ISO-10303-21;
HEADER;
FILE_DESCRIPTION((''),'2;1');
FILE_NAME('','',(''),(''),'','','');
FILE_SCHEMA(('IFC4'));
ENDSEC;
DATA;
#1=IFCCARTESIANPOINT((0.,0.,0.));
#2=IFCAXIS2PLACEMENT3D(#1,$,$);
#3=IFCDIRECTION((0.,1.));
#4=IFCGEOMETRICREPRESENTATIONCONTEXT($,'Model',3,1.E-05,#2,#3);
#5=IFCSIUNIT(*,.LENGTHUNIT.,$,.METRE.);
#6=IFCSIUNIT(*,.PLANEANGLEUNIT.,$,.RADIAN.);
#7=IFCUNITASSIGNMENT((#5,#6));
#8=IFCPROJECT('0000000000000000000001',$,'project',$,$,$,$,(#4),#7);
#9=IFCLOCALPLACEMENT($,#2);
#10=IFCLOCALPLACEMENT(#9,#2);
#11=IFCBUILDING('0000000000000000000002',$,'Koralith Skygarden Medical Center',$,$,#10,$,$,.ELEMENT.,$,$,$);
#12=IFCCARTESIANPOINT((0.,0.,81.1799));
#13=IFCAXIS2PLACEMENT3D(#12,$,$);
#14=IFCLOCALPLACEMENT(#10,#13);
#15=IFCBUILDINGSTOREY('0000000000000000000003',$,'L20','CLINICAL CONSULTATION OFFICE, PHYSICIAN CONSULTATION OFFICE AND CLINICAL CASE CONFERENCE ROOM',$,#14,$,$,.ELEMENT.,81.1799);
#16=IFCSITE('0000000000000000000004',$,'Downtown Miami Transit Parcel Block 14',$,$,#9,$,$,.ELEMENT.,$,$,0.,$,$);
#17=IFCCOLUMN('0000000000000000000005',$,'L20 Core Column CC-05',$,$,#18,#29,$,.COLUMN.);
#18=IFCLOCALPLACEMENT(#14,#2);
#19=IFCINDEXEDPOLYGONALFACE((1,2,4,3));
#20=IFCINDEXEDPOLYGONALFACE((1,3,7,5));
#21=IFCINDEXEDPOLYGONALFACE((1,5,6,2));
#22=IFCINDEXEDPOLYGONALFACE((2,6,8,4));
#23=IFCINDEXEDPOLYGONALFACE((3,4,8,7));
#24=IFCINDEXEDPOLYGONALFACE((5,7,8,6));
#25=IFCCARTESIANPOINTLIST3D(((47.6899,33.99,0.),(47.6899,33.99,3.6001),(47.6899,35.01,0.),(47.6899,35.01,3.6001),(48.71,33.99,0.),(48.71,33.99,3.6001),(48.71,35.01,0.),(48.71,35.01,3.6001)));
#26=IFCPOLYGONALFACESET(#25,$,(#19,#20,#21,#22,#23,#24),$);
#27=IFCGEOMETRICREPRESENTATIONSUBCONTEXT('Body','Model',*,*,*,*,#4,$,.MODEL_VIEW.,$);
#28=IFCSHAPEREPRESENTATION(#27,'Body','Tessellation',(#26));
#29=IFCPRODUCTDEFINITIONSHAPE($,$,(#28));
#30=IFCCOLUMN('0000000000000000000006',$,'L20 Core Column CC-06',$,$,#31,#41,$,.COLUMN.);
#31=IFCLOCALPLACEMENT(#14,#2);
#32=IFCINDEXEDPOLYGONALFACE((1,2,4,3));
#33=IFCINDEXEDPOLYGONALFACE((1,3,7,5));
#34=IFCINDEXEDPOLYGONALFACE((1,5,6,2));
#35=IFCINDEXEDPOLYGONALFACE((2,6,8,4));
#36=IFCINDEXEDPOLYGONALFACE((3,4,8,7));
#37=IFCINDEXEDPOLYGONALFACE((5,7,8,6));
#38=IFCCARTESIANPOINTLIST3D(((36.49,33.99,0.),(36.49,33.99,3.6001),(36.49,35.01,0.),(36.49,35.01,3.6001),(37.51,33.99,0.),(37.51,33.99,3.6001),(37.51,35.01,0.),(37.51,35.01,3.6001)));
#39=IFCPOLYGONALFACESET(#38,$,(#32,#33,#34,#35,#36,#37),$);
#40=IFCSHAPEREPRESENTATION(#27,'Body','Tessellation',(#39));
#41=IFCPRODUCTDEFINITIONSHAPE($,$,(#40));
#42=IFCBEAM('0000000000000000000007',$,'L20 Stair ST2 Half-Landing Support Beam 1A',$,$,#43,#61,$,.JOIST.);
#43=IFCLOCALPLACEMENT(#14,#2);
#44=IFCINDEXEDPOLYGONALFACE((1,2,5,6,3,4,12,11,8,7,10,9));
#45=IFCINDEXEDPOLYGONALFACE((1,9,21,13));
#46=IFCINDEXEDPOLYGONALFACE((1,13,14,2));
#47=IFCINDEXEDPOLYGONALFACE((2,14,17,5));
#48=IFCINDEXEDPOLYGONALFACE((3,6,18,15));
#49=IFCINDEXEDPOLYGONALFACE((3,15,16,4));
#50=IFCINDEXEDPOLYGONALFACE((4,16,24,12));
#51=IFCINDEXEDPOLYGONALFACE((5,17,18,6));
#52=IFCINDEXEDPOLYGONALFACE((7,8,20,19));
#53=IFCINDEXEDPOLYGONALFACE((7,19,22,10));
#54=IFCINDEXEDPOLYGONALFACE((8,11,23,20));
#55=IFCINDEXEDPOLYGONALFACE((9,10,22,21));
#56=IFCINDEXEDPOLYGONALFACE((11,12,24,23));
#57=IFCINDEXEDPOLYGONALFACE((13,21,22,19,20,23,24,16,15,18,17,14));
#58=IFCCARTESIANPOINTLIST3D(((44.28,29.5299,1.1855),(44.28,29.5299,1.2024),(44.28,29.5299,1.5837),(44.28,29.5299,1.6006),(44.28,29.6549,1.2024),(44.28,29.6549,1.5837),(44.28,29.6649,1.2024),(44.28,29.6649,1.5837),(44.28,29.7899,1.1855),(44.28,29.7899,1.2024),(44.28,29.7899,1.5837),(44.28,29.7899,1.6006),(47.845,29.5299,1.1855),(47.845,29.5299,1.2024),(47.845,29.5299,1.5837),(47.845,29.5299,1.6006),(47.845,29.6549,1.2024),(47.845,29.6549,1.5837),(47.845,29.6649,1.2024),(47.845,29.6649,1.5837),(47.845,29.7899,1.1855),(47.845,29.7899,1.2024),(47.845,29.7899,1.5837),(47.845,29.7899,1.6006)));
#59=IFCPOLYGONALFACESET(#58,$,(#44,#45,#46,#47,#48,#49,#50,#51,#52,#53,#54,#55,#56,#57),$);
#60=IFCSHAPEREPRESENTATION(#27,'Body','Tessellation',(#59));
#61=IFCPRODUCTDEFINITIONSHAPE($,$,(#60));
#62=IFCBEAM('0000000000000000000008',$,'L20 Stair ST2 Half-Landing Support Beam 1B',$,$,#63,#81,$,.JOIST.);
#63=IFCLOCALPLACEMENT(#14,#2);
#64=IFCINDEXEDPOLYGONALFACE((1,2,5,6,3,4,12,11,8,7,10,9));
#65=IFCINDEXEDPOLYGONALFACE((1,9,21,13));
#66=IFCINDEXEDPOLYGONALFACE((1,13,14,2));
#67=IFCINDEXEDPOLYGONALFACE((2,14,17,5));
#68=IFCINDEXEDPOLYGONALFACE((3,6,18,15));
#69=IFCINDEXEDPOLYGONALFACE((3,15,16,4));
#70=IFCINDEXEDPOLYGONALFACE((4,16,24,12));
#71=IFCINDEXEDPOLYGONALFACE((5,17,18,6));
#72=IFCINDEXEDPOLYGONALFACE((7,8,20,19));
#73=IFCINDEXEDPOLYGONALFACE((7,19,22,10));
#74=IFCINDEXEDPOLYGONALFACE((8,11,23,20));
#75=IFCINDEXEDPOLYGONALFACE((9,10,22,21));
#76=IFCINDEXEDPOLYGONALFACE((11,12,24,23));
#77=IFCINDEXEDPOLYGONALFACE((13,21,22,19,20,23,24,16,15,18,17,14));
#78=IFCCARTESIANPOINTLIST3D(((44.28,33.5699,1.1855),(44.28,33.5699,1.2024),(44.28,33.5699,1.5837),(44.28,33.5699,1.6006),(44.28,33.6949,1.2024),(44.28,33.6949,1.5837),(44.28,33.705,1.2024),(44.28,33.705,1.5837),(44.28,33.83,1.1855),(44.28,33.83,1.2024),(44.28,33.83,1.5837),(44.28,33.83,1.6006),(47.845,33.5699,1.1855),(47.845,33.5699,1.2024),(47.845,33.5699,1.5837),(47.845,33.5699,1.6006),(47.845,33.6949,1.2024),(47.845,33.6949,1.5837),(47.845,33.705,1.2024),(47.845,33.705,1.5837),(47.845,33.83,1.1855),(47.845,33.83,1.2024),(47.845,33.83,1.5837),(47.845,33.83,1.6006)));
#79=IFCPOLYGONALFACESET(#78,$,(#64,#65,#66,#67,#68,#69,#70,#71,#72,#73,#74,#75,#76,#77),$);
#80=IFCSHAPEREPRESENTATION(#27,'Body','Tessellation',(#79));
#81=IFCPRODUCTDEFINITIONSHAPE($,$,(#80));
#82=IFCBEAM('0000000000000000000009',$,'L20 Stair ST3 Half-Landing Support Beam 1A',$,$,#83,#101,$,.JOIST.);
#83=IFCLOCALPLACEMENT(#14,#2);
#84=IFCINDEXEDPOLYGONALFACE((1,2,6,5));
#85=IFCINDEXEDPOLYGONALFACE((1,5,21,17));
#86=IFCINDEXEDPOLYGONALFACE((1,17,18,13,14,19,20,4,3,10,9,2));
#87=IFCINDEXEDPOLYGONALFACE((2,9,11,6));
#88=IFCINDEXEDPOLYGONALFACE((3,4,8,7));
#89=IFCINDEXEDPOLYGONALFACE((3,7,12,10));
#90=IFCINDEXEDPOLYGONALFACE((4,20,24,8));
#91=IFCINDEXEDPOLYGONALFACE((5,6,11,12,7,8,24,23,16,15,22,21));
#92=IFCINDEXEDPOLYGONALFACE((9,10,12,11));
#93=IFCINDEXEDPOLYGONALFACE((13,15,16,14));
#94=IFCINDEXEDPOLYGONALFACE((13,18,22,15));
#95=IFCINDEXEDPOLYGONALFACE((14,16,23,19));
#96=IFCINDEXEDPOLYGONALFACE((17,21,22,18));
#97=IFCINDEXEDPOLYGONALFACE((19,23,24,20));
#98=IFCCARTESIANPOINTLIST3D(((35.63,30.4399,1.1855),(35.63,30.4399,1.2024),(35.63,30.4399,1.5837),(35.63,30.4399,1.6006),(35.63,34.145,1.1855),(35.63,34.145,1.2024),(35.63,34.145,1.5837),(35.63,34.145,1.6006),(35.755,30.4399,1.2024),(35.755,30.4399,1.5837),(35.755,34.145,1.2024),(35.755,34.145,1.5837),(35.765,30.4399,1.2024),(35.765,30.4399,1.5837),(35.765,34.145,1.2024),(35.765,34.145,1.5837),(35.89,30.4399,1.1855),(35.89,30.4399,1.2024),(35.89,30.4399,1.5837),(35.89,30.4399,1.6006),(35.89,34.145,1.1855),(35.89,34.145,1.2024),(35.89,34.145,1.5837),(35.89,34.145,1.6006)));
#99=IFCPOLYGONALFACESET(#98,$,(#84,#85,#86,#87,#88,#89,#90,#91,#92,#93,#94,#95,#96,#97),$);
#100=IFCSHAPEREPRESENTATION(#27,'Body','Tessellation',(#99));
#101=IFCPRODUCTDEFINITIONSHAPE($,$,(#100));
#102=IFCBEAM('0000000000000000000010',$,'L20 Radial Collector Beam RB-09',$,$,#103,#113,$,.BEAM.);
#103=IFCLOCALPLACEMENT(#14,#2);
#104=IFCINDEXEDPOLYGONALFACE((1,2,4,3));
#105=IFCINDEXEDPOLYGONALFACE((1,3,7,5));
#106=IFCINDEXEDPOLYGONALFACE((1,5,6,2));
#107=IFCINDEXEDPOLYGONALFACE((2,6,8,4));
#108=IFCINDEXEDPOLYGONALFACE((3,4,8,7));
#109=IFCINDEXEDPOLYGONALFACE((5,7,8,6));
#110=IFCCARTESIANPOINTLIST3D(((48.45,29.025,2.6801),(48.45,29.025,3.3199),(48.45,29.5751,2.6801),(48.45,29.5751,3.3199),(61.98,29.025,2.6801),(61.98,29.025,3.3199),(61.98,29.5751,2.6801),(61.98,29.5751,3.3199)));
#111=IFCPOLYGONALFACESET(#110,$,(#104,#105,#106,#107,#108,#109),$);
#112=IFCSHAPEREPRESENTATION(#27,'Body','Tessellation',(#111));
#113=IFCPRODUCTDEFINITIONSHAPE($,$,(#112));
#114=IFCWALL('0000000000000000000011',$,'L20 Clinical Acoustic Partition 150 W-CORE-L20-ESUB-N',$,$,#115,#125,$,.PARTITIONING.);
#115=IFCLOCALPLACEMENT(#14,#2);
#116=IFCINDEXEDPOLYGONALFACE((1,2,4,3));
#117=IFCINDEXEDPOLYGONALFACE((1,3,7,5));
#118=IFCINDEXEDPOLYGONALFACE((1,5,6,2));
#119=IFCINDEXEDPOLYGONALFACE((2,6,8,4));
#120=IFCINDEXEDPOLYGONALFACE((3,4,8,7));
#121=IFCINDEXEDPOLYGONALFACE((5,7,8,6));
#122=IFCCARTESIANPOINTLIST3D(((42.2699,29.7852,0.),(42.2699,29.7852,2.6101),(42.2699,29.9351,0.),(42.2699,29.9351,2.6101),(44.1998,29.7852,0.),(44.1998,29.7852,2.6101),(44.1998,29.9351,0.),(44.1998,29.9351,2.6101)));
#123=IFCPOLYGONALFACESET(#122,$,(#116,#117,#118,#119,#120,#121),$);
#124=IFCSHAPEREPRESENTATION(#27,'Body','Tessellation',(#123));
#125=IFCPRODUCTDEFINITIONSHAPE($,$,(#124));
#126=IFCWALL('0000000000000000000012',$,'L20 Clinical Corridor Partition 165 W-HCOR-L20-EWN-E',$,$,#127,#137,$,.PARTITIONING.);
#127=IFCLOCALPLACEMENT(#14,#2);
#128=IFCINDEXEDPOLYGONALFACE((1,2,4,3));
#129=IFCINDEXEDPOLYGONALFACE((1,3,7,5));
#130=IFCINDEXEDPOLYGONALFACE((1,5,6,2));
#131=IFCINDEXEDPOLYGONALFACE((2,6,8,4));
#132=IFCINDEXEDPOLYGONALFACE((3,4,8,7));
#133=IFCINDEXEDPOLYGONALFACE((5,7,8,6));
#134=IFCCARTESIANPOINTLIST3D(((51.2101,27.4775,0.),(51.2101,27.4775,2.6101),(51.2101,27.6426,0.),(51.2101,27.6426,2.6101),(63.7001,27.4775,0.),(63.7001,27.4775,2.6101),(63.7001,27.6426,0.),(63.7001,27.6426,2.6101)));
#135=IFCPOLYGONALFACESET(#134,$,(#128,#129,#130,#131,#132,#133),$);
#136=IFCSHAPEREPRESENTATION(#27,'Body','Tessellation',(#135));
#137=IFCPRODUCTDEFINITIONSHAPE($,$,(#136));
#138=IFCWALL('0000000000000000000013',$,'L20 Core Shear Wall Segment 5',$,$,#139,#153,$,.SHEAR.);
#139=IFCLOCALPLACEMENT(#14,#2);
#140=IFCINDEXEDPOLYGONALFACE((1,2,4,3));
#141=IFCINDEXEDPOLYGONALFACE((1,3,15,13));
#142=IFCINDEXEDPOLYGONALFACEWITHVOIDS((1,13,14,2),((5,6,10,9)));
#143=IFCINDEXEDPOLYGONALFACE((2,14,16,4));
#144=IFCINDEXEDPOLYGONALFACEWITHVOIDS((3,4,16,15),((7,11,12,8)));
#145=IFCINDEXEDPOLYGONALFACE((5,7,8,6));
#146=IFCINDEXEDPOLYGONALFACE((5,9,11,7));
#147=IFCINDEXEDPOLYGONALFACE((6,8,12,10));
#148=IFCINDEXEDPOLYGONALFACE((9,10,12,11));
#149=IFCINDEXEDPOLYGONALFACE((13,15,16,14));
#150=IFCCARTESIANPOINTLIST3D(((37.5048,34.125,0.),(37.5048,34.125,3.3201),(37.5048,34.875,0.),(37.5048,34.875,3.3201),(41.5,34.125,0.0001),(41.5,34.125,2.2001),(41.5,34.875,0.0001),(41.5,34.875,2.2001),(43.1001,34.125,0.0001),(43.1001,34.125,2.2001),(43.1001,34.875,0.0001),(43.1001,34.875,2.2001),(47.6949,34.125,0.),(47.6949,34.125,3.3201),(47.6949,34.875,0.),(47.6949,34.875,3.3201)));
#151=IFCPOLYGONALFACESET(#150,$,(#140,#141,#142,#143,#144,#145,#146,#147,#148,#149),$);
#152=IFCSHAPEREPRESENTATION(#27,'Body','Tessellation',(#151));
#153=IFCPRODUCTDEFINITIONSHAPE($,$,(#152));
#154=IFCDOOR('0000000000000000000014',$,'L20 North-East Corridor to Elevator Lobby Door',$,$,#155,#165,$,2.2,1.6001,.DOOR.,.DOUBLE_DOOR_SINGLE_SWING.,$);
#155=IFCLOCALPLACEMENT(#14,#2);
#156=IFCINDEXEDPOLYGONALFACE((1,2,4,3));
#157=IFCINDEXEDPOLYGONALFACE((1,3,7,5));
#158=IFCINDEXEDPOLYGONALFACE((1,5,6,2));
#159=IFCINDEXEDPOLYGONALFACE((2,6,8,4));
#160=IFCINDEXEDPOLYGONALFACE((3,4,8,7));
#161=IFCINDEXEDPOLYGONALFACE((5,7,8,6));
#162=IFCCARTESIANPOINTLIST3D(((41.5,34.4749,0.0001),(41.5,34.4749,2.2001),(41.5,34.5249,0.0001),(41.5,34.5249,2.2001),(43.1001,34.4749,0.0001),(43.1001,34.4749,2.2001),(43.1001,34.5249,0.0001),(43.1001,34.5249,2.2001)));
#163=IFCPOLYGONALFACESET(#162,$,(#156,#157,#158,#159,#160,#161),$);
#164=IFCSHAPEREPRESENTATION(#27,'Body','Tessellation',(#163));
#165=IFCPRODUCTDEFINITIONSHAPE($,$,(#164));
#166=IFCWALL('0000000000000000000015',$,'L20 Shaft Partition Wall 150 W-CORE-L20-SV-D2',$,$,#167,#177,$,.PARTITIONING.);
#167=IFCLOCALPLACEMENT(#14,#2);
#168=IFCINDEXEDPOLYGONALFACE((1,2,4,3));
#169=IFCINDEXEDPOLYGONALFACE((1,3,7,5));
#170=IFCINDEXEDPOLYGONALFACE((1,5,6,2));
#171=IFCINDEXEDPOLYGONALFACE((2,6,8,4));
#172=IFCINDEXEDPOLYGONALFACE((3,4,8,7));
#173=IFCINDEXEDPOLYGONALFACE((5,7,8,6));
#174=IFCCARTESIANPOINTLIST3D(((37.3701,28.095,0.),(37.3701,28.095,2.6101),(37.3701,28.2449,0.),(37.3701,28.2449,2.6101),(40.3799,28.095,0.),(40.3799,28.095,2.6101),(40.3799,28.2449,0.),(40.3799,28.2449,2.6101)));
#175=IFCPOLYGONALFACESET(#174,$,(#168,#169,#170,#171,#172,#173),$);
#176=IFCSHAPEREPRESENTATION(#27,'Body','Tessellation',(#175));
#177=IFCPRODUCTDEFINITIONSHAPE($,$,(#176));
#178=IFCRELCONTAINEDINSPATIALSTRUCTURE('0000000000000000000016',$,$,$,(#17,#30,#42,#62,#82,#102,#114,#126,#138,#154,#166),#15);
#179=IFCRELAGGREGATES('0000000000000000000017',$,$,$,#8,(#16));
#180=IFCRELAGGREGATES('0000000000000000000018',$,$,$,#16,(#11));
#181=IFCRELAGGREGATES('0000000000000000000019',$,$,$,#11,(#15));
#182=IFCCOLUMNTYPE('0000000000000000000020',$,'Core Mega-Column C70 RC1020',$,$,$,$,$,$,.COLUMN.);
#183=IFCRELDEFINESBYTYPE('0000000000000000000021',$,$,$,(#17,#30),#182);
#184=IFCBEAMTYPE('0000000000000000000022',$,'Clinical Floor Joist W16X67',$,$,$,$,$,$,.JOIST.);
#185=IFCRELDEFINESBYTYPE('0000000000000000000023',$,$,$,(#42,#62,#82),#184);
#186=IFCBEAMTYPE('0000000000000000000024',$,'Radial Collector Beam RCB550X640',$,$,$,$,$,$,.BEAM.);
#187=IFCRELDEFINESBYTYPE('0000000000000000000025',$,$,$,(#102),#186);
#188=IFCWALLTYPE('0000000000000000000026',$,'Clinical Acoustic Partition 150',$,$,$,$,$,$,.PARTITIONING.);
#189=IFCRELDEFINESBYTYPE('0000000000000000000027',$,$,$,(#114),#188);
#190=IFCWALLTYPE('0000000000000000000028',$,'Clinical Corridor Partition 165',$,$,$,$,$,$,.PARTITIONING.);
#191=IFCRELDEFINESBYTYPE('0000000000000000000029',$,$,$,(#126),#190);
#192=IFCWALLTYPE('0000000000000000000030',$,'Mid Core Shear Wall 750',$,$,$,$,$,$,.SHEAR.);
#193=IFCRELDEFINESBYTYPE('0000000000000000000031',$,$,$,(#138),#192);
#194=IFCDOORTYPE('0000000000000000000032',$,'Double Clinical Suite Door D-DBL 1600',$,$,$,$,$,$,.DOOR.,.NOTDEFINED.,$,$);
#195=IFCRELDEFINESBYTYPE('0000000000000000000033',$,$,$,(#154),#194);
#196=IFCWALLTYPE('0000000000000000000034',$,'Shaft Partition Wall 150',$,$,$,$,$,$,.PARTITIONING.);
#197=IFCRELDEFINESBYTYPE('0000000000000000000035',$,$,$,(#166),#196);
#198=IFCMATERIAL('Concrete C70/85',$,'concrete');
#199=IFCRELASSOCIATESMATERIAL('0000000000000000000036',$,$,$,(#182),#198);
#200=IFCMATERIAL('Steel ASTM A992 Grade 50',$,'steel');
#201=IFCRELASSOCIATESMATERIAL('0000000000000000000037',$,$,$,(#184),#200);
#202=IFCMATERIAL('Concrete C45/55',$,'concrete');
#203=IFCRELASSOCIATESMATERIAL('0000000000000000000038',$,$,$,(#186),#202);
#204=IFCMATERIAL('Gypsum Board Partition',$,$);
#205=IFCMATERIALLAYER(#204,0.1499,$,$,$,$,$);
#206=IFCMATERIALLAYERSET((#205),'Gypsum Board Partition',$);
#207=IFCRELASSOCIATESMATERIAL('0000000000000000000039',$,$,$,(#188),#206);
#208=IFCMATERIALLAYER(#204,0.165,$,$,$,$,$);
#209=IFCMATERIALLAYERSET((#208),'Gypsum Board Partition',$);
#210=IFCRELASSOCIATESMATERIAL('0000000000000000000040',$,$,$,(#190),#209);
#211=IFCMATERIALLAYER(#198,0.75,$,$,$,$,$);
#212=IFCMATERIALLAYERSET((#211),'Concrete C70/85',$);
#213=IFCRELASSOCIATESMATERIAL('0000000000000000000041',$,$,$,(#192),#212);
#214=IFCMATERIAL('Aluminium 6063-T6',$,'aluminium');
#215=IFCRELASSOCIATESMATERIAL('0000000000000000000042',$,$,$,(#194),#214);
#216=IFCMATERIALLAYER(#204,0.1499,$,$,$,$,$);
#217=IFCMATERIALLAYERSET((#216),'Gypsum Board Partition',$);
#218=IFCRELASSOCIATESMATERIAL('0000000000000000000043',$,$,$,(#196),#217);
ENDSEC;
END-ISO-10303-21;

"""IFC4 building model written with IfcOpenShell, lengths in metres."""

from ifc_helpers import new_model, si_unit, direction, frame, frame_2d, origin, origin_2d, place, context, subcontext, project, spatial, rectangle, i_section, extrude, material, layer, layer_set, material_profile, profile_set, type_object, element, fill, save


model = new_model("IFC4")

# Units and contexts
model_context = context("Model", 3, precision=1e-05, world=origin(), true_north=direction((0.0, 1.0)))
body_context = subcontext(model_context, "Body", "Model", "MODEL_VIEW")
ifc_project = project(units=[si_unit("LENGTHUNIT", "METRE"), si_unit("PLANEANGLEUNIT", "RADIAN")], contexts=[model_context])

# Site, building, storey
site_placement = place(None, origin())
site = spatial("IfcSite", under=ifc_project, at=site_placement, Name="Downtown Miami Transit Parcel Block 14", CompositionType="ELEMENT", RefElevation=0.0)
building_placement = place(site_placement, origin())
building = spatial("IfcBuilding", under=site, at=building_placement, Name="Koralith Skygarden Medical Center", CompositionType="ELEMENT")
storey_placement = place(building_placement, frame((0.0, 0.0, 81.1799)))
storey = spatial("IfcBuildingStorey", under=building, at=storey_placement, Name="L20", Description="CLINICAL CONSULTATION OFFICE, PHYSICIAN CONSULTATION OFFICE AND CLINICAL CASE CONFERENCE ROOM", CompositionType="ELEMENT", Elevation=81.1799)

# Columns
ifc_material_1 = material(Name="Concrete C70/85", Category="concrete")
ifc_material_profile_1 = material_profile(ifc_material_1, rectangle(XDim=1.02, YDim=1.02, at=origin_2d()), Name="RC1020X1020")
ifc_profile_set_1 = profile_set([ifc_material_profile_1], Name="Concrete C70/85")
column_type = type_object("IfcColumnType", Name="Core Mega-Column C70 RC1020", PredefinedType="COLUMN", material=ifc_profile_set_1)
for number, where, z_axis, x_axis, name in (
    (1, (48.2, 34.5, 0.0), (0.0, 0.0, 1.0), (1.0, 0.0, 0.0), "L20 Core Column CC-05"),
    (2, (37.0, 34.5, 0.0), (0.0, 0.0, 1.0), (1.0, 0.0, 0.0), "L20 Core Column CC-06"),
):
    element("IfcColumn", number, at=place(storey_placement, frame(where, z_axis=z_axis, x_axis=x_axis)), inside=storey, type_object=column_type, Name=name, PredefinedType="COLUMN", context=body_context, shape_type="SweptSolid", body=[
        extrude(rectangle(XDim=1.02, YDim=1.02, at=origin_2d()), origin(), (0.0, 0.0, 1.0), 3.6001),
    ])

# Beams
ifc_material_2 = material(Name="Steel ASTM A992 Grade 50", Category="steel")
ifc_material_profile_2 = material_profile(ifc_material_2, i_section(OverallWidth=0.26, OverallDepth=0.415, WebThickness=0.01, FlangeThickness=0.0168, at=origin_2d()), Name="W16X67")
ifc_profile_set_2 = profile_set([ifc_material_profile_2], Name="Steel ASTM A992 Grade 50")
beam_type_1 = type_object("IfcBeamType", Name="Clinical Floor Joist W16X67", PredefinedType="JOIST", material=ifc_profile_set_2)
for number, where, z_axis, x_axis, name in (
    (3, (44.28, 29.6599, 1.3931), (1.0, 0.0, 0.0), (0.0, 1.0, 0.0), "L20 Stair ST2 Half-Landing Support Beam 1A"),
    (4, (44.28, 33.7, 1.3931), (1.0, 0.0, 0.0), (0.0, 1.0, 0.0), "L20 Stair ST2 Half-Landing Support Beam 1B"),
):
    element("IfcBeam", number, at=place(storey_placement, frame(where, z_axis=z_axis, x_axis=x_axis)), inside=storey, type_object=beam_type_1, Name=name, PredefinedType="JOIST", context=body_context, shape_type="SweptSolid", body=[
        extrude(i_section(OverallWidth=0.26, OverallDepth=0.415, WebThickness=0.01, FlangeThickness=0.0168, at=origin_2d()), origin(), (0.0, 0.0, 1.0), 3.5649),
    ])
beam_1_placement = place(storey_placement, frame((35.76, 30.4399, 1.3931), z_axis=(0.0, 1.0, 0.0), x_axis=(-1.0, 0.0, 0.0)))
element("IfcBeam", 5, at=beam_1_placement, inside=storey, type_object=beam_type_1, Name="L20 Stair ST3 Half-Landing Support Beam 1A", PredefinedType="JOIST", context=body_context, shape_type="SweptSolid", body=[
    extrude(i_section(OverallWidth=0.26, OverallDepth=0.415, WebThickness=0.01, FlangeThickness=0.0168, at=origin_2d()), origin(), (0.0, 0.0, 1.0), 3.7051),
])
ifc_material_3 = material(Name="Concrete C45/55", Category="concrete")
ifc_material_profile_3 = material_profile(ifc_material_3, rectangle(XDim=0.55, YDim=0.6399, at=origin_2d()), Name="RCB550X640")
ifc_profile_set_3 = profile_set([ifc_material_profile_3], Name="Concrete C45/55")
beam_type_2 = type_object("IfcBeamType", Name="Radial Collector Beam RCB550X640", PredefinedType="BEAM", material=ifc_profile_set_3)
beam_2_placement = place(storey_placement, frame((48.45, 29.3, 3.0), z_axis=(1.0, 0.0, 0.0), x_axis=(0.0, 1.0, 0.0)))
element("IfcBeam", 6, at=beam_2_placement, inside=storey, type_object=beam_type_2, Name="L20 Radial Collector Beam RB-09", PredefinedType="BEAM", context=body_context, shape_type="SweptSolid", body=[
    extrude(rectangle(XDim=0.55, YDim=0.6399, at=origin_2d()), origin(), (0.0, 0.0, 1.0), 13.53),
])

# Walls
ifc_material_4 = material(Name="Gypsum Board Partition")
ifc_layer_1 = layer(ifc_material_4, 0.1499)
ifc_layer_set_1 = layer_set([ifc_layer_1], Name="Gypsum Board Partition")
wall_type_1 = type_object("IfcWallType", Name="Clinical Acoustic Partition 150", PredefinedType="PARTITIONING", material=ifc_layer_set_1)
wall_1_placement = place(storey_placement, frame((42.27, 29.8601, 0.0), z_axis=(0.0, 0.0, 1.0), x_axis=(1.0, 0.0, 0.0)))
element("IfcWall", 7, at=wall_1_placement, inside=storey, type_object=wall_type_1, Name="L20 Clinical Acoustic Partition 150 W-CORE-L20-ESUB-N", PredefinedType="PARTITIONING", context=body_context, shape_type="SweptSolid", body=[
    extrude(rectangle(XDim=1.9299, YDim=0.1499, at=frame_2d((0.9648, 0.0))), origin(), (0.0, 0.0, 1.0), 2.6101),
])
ifc_layer_2 = layer(ifc_material_4, 0.165)
ifc_layer_set_2 = layer_set([ifc_layer_2], Name="Gypsum Board Partition")
wall_type_2 = type_object("IfcWallType", Name="Clinical Corridor Partition 165", PredefinedType="PARTITIONING", material=ifc_layer_set_2)
wall_2_placement = place(storey_placement, frame((51.21, 27.5601, 0.0), z_axis=(0.0, 0.0, 1.0), x_axis=(1.0, 0.0, 0.0)))
element("IfcWall", 8, at=wall_2_placement, inside=storey, type_object=wall_type_2, Name="L20 Clinical Corridor Partition 165 W-HCOR-L20-EWN-E", PredefinedType="PARTITIONING", context=body_context, shape_type="SweptSolid", body=[
    extrude(rectangle(XDim=12.49, YDim=0.165, at=frame_2d((6.2451, 0.0))), origin(), (0.0, 0.0, 1.0), 2.6101),
])

# Wall, opening, door
ifc_layer_3 = layer(ifc_material_1, 0.75)
ifc_layer_set_3 = layer_set([ifc_layer_3], Name="Concrete C70/85")
wall_type_3 = type_object("IfcWallType", Name="Mid Core Shear Wall 750", PredefinedType="SHEAR", material=ifc_layer_set_3)
wall_3_placement = place(storey_placement, frame((47.6951, 34.5, 0.0), z_axis=(0.0, 0.0, 1.0), x_axis=(-1.0, 0.0, 0.0)))
wall_3 = element("IfcWall", 9, at=wall_3_placement, inside=storey, type_object=wall_type_3, Name="L20 Core Shear Wall Segment 5", PredefinedType="SHEAR", context=body_context, shape_type="SweptSolid", body=[
    extrude(rectangle(XDim=10.1902, YDim=0.75, at=frame_2d((5.0952, 0.0))), origin(), (0.0, 0.0, 1.0), 3.3201),
])
opening_1_placement = place(wall_3_placement, frame((4.595, 0.0, 0.0)))
opening_1 = element("IfcOpeningElement", 10, at=opening_1_placement, cuts=wall_3, PredefinedType="OPENING", context=body_context, shape_type="SweptSolid", body=[
    extrude(rectangle(XDim=1.6001, YDim=2.2, at=frame_2d((0.8, 1.1001))), frame((0.0, 0.385, 0.0), z_axis=(0.0, -1.0, 0.0), x_axis=(1.0, 0.0, 0.0)), (0.0, 0.0, 1.0), 0.77),
])
ifc_material_5 = material(Name="Aluminium 6063-T6", Category="aluminium")
door_type_1 = type_object("IfcDoorType", Name="Double Clinical Suite Door D-DBL 1600", OperationType="NOTDEFINED", PredefinedType="DOOR", material=ifc_material_5)
door_1_placement = place(opening_1_placement, frame((1.6001, 0.0, 0.0), z_axis=(0.0, 0.0, 1.0), x_axis=(-1.0, 0.0, 0.0)))
door_1 = element("IfcDoor", 11, at=door_1_placement, inside=storey, type_object=door_type_1, Name="L20 North-East Corridor to Elevator Lobby Door", OperationType="DOUBLE_DOOR_SINGLE_SWING", OverallHeight=2.2, OverallWidth=1.6001, PredefinedType="DOOR", context=body_context, shape_type="SweptSolid", body=[
    extrude(rectangle(XDim=1.6001, YDim=2.2, at=frame_2d((0.8, 1.1001))), frame((0.0, 0.0249, 0.0), z_axis=(0.0, -1.0, 0.0), x_axis=(1.0, 0.0, 0.0)), (0.0, 0.0, 1.0), 0.05),
])
fill(opening_1, door_1)

# Wall
ifc_layer_4 = layer(ifc_material_4, 0.1499)
ifc_layer_set_4 = layer_set([ifc_layer_4], Name="Gypsum Board Partition")
wall_type_4 = type_object("IfcWallType", Name="Shaft Partition Wall 150", PredefinedType="PARTITIONING", material=ifc_layer_set_4)
wall_4_placement = place(storey_placement, frame((37.3701, 28.1699, 0.0), z_axis=(0.0, 0.0, 1.0), x_axis=(1.0, 0.0, 0.0)))
element("IfcWall", 12, at=wall_4_placement, inside=storey, type_object=wall_type_4, Name="L20 Shaft Partition Wall 150 W-CORE-L20-SV-D2", PredefinedType="PARTITIONING", context=body_context, shape_type="SweptSolid", body=[
    extrude(rectangle(XDim=3.0098, YDim=0.1499, at=frame_2d((1.5049, 0.0))), origin(), (0.0, 0.0, 1.0), 2.6101),
])

save(model, "model.ifc")
